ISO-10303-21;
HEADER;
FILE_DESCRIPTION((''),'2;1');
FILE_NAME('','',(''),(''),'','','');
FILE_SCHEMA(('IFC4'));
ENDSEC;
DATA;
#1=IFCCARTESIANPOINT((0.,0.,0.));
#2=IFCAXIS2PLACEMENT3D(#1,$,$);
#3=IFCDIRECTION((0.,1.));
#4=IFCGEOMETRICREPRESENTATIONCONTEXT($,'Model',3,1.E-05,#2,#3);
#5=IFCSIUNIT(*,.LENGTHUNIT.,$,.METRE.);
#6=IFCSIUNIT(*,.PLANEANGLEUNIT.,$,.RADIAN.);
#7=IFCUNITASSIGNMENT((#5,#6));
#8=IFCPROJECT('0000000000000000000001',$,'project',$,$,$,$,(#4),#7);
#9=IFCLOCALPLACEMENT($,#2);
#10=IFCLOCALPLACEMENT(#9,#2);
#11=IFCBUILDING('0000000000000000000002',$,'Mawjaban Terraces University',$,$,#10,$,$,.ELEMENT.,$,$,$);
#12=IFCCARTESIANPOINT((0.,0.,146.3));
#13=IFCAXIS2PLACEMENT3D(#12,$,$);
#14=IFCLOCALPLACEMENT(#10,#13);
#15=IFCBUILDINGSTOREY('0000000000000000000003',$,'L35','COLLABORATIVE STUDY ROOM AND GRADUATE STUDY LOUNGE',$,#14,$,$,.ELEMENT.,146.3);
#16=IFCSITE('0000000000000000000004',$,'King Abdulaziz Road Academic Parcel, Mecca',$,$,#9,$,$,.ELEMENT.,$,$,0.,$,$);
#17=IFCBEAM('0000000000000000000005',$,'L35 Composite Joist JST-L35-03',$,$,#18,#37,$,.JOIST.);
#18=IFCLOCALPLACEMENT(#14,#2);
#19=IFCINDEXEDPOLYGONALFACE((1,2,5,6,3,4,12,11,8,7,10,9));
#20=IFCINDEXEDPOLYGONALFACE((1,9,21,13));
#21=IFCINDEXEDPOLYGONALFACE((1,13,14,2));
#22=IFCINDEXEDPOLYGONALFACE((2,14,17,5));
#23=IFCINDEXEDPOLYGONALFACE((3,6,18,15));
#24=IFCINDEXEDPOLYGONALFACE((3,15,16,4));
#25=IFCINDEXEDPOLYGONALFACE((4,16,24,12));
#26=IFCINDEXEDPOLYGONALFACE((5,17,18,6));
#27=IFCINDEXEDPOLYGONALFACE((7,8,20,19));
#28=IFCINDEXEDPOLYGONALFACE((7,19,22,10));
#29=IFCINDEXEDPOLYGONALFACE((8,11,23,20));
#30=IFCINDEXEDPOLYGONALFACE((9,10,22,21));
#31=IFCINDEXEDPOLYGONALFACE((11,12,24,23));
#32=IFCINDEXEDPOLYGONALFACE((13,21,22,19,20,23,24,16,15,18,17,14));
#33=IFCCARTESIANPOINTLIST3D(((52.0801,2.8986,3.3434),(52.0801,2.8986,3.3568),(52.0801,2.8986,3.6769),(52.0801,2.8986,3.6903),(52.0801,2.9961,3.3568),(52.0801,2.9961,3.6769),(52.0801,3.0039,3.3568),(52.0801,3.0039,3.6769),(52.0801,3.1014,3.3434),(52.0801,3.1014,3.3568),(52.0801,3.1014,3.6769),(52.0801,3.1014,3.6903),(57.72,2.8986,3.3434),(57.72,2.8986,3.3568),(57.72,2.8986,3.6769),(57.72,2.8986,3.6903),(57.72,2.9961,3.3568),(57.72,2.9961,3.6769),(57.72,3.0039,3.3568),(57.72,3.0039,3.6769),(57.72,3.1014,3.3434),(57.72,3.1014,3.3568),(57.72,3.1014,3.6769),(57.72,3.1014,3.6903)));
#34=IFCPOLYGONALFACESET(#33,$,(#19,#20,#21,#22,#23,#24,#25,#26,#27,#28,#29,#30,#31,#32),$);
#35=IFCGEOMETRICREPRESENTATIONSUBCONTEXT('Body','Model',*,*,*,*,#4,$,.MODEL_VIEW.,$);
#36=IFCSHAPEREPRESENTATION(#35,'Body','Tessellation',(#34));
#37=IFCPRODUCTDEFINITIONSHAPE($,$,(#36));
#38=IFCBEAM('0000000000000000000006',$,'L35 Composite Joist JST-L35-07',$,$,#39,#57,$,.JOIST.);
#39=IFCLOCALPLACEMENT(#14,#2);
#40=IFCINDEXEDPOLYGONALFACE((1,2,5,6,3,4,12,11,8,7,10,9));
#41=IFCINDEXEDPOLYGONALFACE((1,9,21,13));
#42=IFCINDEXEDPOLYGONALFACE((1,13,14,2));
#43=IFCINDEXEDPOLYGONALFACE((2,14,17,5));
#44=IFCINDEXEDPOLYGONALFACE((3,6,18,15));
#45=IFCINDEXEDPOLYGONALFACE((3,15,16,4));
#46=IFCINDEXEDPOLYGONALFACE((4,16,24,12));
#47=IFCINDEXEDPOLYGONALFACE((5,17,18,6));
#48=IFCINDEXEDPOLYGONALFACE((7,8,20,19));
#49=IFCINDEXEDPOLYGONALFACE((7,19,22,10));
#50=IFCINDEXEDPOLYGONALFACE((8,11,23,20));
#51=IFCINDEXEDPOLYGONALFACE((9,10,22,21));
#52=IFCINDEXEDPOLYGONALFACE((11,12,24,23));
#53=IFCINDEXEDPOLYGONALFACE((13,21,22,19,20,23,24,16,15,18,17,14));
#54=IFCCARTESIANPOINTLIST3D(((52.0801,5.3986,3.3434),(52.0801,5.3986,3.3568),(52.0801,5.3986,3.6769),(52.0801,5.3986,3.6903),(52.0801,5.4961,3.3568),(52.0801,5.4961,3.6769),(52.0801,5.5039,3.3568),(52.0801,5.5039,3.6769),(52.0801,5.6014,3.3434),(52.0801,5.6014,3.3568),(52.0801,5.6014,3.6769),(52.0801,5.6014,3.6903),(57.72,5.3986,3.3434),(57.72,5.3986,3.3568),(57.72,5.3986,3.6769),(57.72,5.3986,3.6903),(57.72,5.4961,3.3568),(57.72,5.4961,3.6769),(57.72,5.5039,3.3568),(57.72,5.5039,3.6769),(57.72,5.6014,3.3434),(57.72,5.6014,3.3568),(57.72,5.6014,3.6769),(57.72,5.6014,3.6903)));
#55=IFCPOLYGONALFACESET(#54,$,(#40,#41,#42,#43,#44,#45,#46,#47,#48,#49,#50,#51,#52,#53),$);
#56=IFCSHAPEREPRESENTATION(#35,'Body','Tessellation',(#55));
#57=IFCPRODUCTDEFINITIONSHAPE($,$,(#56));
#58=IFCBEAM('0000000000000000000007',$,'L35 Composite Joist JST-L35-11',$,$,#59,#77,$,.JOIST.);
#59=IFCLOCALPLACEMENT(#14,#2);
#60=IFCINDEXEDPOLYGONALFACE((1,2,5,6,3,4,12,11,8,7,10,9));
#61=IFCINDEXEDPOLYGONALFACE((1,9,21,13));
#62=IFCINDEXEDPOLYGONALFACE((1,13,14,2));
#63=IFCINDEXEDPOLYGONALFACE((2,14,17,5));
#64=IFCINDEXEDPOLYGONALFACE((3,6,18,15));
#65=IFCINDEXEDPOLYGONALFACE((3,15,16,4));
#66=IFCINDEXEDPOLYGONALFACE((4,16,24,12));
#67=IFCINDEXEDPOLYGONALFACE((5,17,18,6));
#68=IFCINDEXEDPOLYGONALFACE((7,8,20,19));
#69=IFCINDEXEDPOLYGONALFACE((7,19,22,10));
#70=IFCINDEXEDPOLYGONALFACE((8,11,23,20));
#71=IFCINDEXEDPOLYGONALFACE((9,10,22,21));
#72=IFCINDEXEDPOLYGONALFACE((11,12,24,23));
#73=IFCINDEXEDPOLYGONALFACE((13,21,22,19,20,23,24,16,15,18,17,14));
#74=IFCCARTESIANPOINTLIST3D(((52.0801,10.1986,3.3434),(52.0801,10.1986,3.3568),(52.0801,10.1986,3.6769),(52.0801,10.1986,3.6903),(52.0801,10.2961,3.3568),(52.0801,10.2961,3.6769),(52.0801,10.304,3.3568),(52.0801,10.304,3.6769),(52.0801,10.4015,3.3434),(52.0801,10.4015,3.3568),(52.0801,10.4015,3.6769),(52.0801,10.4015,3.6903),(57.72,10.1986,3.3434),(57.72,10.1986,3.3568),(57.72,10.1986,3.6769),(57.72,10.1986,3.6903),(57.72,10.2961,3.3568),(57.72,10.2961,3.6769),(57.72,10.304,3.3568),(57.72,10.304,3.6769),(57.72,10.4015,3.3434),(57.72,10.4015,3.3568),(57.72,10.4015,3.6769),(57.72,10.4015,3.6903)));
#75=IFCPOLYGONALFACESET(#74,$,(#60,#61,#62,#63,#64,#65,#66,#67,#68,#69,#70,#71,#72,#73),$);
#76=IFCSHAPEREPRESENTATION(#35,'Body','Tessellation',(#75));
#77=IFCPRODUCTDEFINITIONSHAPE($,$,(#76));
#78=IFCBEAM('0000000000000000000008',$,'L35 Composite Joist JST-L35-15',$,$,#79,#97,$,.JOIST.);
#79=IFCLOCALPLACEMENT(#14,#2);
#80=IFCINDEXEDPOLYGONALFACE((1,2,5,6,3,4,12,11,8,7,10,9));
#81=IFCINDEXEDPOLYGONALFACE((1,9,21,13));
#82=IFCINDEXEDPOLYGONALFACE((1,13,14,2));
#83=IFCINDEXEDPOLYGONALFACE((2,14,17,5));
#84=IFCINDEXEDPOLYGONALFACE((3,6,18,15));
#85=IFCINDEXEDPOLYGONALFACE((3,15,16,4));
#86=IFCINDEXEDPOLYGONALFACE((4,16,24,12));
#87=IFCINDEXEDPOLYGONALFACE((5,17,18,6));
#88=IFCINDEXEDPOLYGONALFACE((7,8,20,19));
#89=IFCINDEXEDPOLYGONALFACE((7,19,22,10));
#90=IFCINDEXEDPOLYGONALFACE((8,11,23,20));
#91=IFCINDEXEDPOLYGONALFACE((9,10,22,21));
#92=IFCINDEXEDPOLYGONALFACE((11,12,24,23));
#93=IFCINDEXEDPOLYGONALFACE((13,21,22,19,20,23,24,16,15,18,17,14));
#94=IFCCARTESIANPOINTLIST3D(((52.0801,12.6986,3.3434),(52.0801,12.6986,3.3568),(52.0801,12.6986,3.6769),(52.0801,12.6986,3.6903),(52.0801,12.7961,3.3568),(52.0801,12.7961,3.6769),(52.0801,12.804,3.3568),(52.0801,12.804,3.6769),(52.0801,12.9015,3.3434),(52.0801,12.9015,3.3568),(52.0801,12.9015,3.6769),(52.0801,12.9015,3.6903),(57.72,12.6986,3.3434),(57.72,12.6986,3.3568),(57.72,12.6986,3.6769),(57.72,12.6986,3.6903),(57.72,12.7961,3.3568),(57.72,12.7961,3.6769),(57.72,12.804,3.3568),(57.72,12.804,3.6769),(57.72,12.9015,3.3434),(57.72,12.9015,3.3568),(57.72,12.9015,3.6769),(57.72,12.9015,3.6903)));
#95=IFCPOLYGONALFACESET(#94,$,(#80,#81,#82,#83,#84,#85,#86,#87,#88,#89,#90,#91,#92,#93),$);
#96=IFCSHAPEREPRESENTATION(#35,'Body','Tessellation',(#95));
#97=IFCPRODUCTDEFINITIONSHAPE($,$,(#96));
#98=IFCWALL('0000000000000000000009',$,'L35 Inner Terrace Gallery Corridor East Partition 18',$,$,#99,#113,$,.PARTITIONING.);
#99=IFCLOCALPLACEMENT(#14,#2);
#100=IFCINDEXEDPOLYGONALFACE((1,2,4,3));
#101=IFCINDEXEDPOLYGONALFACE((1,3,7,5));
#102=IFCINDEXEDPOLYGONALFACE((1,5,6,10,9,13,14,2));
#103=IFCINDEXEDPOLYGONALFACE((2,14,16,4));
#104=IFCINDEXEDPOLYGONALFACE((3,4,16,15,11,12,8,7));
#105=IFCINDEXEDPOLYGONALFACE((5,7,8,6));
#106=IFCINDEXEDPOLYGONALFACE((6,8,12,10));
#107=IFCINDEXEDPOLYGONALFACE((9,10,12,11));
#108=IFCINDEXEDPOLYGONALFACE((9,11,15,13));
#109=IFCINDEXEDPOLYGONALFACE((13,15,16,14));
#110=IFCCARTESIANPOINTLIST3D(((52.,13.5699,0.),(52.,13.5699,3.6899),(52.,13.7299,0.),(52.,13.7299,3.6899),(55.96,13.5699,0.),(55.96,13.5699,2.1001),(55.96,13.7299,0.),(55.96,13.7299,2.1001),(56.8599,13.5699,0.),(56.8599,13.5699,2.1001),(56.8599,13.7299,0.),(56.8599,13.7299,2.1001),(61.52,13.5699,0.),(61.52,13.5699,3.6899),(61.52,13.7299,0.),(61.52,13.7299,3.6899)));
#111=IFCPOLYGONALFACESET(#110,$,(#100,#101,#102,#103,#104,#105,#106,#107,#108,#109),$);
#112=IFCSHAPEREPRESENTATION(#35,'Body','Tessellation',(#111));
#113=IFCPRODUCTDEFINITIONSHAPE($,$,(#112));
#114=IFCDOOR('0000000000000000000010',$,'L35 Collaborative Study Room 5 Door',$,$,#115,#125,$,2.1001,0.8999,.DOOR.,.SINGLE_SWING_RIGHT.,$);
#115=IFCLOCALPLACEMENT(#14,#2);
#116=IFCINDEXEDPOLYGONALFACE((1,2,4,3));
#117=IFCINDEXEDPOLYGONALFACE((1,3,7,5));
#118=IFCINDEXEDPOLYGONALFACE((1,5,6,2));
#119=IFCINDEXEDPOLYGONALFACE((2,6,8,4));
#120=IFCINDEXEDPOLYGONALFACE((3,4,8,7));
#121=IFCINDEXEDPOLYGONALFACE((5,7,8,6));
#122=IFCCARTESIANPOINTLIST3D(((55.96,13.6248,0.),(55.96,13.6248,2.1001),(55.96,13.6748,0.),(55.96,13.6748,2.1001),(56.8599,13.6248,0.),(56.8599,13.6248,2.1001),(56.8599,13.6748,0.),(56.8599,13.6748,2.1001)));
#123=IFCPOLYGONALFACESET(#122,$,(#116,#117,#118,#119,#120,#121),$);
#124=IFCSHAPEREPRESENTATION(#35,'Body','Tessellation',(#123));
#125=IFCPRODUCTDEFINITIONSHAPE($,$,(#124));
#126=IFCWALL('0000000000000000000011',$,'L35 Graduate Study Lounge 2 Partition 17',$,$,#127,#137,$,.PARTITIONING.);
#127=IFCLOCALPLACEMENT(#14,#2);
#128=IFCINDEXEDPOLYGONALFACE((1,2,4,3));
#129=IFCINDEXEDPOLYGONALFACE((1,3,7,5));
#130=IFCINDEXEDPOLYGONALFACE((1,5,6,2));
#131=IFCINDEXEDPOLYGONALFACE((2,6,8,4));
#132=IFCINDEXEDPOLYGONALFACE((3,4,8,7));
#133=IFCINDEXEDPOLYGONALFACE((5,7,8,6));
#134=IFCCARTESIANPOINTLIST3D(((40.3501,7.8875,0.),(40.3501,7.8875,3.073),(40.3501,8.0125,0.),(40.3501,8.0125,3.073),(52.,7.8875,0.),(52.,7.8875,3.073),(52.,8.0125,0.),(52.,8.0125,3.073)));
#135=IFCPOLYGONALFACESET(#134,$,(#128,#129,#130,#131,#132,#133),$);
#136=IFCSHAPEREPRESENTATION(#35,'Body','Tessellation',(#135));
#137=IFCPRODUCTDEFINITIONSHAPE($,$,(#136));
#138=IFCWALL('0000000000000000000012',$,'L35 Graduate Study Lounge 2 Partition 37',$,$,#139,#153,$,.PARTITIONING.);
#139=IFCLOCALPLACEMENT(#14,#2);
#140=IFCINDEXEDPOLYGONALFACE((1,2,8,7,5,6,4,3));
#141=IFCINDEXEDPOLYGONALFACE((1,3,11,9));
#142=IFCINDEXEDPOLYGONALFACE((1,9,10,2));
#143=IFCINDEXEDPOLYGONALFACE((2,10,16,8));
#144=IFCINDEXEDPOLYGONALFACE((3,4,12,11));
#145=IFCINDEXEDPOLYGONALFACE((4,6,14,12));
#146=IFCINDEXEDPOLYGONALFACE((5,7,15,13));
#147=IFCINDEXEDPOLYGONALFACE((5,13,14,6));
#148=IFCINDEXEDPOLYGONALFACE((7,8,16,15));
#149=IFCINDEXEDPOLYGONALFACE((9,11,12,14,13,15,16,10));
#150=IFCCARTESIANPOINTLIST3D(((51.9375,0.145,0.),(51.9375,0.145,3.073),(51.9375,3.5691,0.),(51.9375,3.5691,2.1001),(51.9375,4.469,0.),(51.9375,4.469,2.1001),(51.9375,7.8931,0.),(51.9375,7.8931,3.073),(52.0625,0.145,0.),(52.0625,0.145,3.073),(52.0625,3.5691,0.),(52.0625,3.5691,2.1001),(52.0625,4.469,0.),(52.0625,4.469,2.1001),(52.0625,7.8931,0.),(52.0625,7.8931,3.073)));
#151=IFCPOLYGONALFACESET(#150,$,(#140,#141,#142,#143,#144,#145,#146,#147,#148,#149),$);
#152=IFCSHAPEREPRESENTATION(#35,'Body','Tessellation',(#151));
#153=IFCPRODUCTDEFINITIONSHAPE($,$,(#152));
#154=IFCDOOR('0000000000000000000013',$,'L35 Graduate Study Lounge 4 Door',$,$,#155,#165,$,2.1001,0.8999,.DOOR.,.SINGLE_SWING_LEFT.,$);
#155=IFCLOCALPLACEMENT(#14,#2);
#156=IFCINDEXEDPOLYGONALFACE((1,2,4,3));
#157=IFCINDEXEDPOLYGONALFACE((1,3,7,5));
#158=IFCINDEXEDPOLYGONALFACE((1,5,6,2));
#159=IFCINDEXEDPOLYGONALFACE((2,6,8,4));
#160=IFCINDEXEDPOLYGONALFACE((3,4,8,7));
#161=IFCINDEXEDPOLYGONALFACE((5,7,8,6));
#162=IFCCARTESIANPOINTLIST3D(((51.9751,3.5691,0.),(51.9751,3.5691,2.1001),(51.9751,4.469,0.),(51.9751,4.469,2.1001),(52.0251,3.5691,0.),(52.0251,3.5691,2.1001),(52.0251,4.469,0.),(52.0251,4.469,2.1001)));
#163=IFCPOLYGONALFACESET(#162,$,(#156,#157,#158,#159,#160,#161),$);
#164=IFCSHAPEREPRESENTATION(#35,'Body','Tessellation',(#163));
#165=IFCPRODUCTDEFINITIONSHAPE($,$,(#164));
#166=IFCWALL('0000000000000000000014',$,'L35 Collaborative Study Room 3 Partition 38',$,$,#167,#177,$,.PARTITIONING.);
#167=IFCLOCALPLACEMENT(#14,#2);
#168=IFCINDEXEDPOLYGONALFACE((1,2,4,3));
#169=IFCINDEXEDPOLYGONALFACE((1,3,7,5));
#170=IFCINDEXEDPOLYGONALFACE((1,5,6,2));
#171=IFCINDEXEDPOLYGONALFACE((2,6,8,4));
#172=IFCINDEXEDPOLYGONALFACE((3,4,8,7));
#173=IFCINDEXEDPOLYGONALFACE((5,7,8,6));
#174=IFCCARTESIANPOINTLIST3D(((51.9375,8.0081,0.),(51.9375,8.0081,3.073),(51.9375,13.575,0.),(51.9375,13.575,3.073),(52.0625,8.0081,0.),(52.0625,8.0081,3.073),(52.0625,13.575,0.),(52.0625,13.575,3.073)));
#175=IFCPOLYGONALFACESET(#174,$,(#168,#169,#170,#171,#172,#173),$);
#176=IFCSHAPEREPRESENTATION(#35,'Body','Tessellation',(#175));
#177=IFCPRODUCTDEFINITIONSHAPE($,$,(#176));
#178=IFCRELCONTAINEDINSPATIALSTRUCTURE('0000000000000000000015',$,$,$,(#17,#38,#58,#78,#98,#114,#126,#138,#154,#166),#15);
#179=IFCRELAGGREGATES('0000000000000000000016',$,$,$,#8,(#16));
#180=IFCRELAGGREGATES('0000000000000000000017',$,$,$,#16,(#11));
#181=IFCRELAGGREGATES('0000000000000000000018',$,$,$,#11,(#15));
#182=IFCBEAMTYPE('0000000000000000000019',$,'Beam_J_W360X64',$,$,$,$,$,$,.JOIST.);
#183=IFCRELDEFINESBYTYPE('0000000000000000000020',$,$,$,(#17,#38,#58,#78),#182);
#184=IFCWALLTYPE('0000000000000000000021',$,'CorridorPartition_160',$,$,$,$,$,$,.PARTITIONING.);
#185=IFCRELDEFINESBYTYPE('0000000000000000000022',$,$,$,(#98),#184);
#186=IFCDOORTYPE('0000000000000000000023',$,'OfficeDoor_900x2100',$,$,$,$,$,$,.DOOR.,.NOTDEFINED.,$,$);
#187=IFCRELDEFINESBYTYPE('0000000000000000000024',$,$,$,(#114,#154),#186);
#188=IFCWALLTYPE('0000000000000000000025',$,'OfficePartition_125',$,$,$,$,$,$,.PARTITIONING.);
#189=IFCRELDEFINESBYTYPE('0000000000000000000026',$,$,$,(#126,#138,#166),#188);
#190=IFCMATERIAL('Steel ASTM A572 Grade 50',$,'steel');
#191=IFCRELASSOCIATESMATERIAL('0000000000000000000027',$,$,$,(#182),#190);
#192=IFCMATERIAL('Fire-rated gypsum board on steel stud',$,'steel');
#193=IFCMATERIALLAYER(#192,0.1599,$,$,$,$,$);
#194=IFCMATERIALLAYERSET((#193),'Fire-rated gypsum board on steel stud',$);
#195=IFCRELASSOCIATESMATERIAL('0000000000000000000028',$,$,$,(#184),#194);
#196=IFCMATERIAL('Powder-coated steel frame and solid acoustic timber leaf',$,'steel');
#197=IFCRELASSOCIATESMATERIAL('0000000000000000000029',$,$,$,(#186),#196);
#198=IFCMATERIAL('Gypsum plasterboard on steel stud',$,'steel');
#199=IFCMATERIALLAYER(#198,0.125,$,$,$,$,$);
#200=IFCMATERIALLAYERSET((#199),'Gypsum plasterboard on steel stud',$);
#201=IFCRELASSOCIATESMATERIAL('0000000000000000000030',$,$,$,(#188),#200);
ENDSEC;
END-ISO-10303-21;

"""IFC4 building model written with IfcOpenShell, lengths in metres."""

from ifc_helpers import new_model, si_unit, direction, frame, frame_2d, origin, origin_2d, place, context, subcontext, project, spatial, rectangle, i_section, extrude, material, layer, layer_set, material_profile, profile_set, type_object, element, fill, save


model = new_model("IFC4")

# Units and contexts
model_context = context("Model", 3, precision=1e-05, world=origin(), true_north=direction((0.0, 1.0)))
body_context = subcontext(model_context, "Body", "Model", "MODEL_VIEW")
ifc_project = project(units=[si_unit("LENGTHUNIT", "METRE"), si_unit("PLANEANGLEUNIT", "RADIAN")], contexts=[model_context])

# Site, building, storey
site_placement = place(None, origin())
site = spatial("IfcSite", under=ifc_project, at=site_placement, Name="King Abdulaziz Road Academic Parcel, Mecca", CompositionType="ELEMENT", RefElevation=0.0)
building_placement = place(site_placement, origin())
building = spatial("IfcBuilding", under=site, at=building_placement, Name="Mawjaban Terraces University", CompositionType="ELEMENT")
storey_placement = place(building_placement, frame((0.0, 0.0, 146.3)))
storey = spatial("IfcBuildingStorey", under=building, at=storey_placement, Name="L35", Description="COLLABORATIVE STUDY ROOM AND GRADUATE STUDY LOUNGE", CompositionType="ELEMENT", Elevation=146.3)

# Beams
ifc_material_1 = material(Name="Steel ASTM A572 Grade 50", Category="steel")
ifc_material_profile_1 = material_profile(ifc_material_1, i_section(OverallWidth=0.2029, OverallDepth=0.3469, WebThickness=0.0078, FlangeThickness=0.0134, at=origin_2d()), Name="W360X64")
ifc_profile_set_1 = profile_set([ifc_material_profile_1], Name="Steel ASTM A572 Grade 50")
beam_type_1 = type_object("IfcBeamType", Name="Beam_J_W360X64", PredefinedType="JOIST", material=ifc_profile_set_1)
for number, where, z_axis, x_axis, name in (
    (1, (52.0801, 3.0, 3.5168), (1.0, 0.0, 0.0), (0.0, 1.0, 0.0), "L35 Composite Joist JST-L35-03"),
    (2, (52.0801, 5.5, 3.5168), (1.0, 0.0, 0.0), (0.0, 1.0, 0.0), "L35 Composite Joist JST-L35-07"),
    (3, (52.0801, 10.3, 3.5168), (1.0, 0.0, 0.0), (0.0, 1.0, 0.0), "L35 Composite Joist JST-L35-11"),
    (4, (52.0801, 12.8, 3.5168), (1.0, 0.0, 0.0), (0.0, 1.0, 0.0), "L35 Composite Joist JST-L35-15"),
):
    element("IfcBeam", number, at=place(storey_placement, frame(where, z_axis=z_axis, x_axis=x_axis)), inside=storey, type_object=beam_type_1, Name=name, PredefinedType="JOIST", context=body_context, shape_type="SweptSolid", body=[
        extrude(i_section(OverallWidth=0.2029, OverallDepth=0.3469, WebThickness=0.0078, FlangeThickness=0.0134, at=origin_2d()), origin(), (0.0, 0.0, 1.0), 5.6399),
    ])

# Wall, opening, door
ifc_material_2 = material(Name="Fire-rated gypsum board on steel stud", Category="steel")
ifc_layer_1 = layer(ifc_material_2, 0.1599)
ifc_layer_set_1 = layer_set([ifc_layer_1], Name="Fire-rated gypsum board on steel stud")
wall_type_1 = type_object("IfcWallType", Name="CorridorPartition_160", PredefinedType="PARTITIONING", material=ifc_layer_set_1)
wall_1_placement = place(storey_placement, frame((52.0, 13.6499, 0.0), z_axis=(0.0, 0.0, 1.0), x_axis=(1.0, 0.0, 0.0)))
wall_1 = element("IfcWall", 5, at=wall_1_placement, inside=storey, type_object=wall_type_1, Name="L35 Inner Terrace Gallery Corridor East Partition 18", PredefinedType="PARTITIONING", context=body_context, shape_type="SweptSolid", body=[
    extrude(rectangle(XDim=9.52, YDim=0.1599, at=frame_2d((4.76, 0.0))), origin(), (0.0, 0.0, 1.0), 3.6899),
])
opening_1_placement = place(wall_1_placement, frame((3.96, 0.0, 0.0)))
opening_1 = element("IfcOpeningElement", 6, at=opening_1_placement, cuts=wall_1, PredefinedType="OPENING", context=body_context, shape_type="SweptSolid", body=[
    extrude(rectangle(XDim=0.8999, YDim=2.1001, at=frame_2d((0.45, 1.05))), frame((0.0, 0.0898, 0.0), z_axis=(0.0, -1.0, 0.0), x_axis=(1.0, 0.0, 0.0)), (0.0, 0.0, 1.0), 0.1799),
])
ifc_material_3 = material(Name="Powder-coated steel frame and solid acoustic timber leaf", Category="steel")
door_type = type_object("IfcDoorType", Name="OfficeDoor_900x2100", OperationType="NOTDEFINED", PredefinedType="DOOR", material=ifc_material_3)
door_1_placement = place(opening_1_placement, origin())
door_1 = element("IfcDoor", 7, at=door_1_placement, inside=storey, type_object=door_type, Name="L35 Collaborative Study Room 5 Door", OperationType="SINGLE_SWING_RIGHT", OverallHeight=2.1001, OverallWidth=0.8999, PredefinedType="DOOR", context=body_context, shape_type="SweptSolid", body=[
    extrude(rectangle(XDim=0.8999, YDim=2.1001, at=frame_2d((0.45, 1.05))), frame((0.0, 0.0249, 0.0), z_axis=(0.0, -1.0, 0.0), x_axis=(1.0, 0.0, 0.0)), (0.0, 0.0, 1.0), 0.05),
])
fill(opening_1, door_1)

# Wall
ifc_material_4 = material(Name="Gypsum plasterboard on steel stud", Category="steel")
ifc_layer_2 = layer(ifc_material_4, 0.125)
ifc_layer_set_2 = layer_set([ifc_layer_2], Name="Gypsum plasterboard on steel stud")
wall_type_2 = type_object("IfcWallType", Name="OfficePartition_125", PredefinedType="PARTITIONING", material=ifc_layer_set_2)
wall_2_placement = place(storey_placement, frame((52.0, 7.95, 0.0), z_axis=(0.0, 0.0, 1.0), x_axis=(-1.0, 0.0, 0.0)))
element("IfcWall", 8, at=wall_2_placement, inside=storey, type_object=wall_type_2, Name="L35 Graduate Study Lounge 2 Partition 17", PredefinedType="PARTITIONING", context=body_context, shape_type="SweptSolid", body=[
    extrude(rectangle(XDim=11.6499, YDim=0.125, at=frame_2d((5.825, 0.0))), origin(), (0.0, 0.0, 1.0), 3.073),
])

# Wall, opening, door
wall_3_placement = place(storey_placement, frame((52.0, 0.145, 0.0), z_axis=(0.0, 0.0, 1.0), x_axis=(0.0, 1.0, 0.0)))
wall_3 = element("IfcWall", 9, at=wall_3_placement, inside=storey, type_object=wall_type_2, Name="L35 Graduate Study Lounge 2 Partition 37", PredefinedType="PARTITIONING", context=body_context, shape_type="SweptSolid", body=[
    extrude(rectangle(XDim=7.748, YDim=0.125, at=frame_2d((3.874, 0.0))), origin(), (0.0, 0.0, 1.0), 3.073),
])
opening_2_placement = place(wall_3_placement, frame((3.4241, 0.0, 0.0)))
opening_2 = element("IfcOpeningElement", 10, at=opening_2_placement, cuts=wall_3, PredefinedType="OPENING", context=body_context, shape_type="SweptSolid", body=[
    extrude(rectangle(XDim=0.8999, YDim=2.1001, at=frame_2d((0.45, 1.05))), frame((0.0, 0.0725, 0.0), z_axis=(0.0, -1.0, 0.0), x_axis=(1.0, 0.0, 0.0)), (0.0, 0.0, 1.0), 0.145),
])
door_2_placement = place(opening_2_placement, origin())
door_2 = element("IfcDoor", 11, at=door_2_placement, inside=storey, type_object=door_type, Name="L35 Graduate Study Lounge 4 Door", OperationType="SINGLE_SWING_LEFT", OverallHeight=2.1001, OverallWidth=0.8999, PredefinedType="DOOR", context=body_context, shape_type="SweptSolid", body=[
    extrude(rectangle(XDim=0.8999, YDim=2.1001, at=frame_2d((0.45, 1.05))), frame((0.0, 0.0249, 0.0), z_axis=(0.0, -1.0, 0.0), x_axis=(1.0, 0.0, 0.0)), (0.0, 0.0, 1.0), 0.05),
])
fill(opening_2, door_2)

# Wall
wall_4_placement = place(storey_placement, frame((52.0, 8.0081, 0.0), z_axis=(0.0, 0.0, 1.0), x_axis=(0.0, 1.0, 0.0)))
element("IfcWall", 12, at=wall_4_placement, inside=storey, type_object=wall_type_2, Name="L35 Collaborative Study Room 3 Partition 38", PredefinedType="PARTITIONING", context=body_context, shape_type="SweptSolid", body=[
    extrude(rectangle(XDim=5.5669, YDim=0.125, at=frame_2d((2.7834, 0.0))), origin(), (0.0, 0.0, 1.0), 3.073),
])

save(model, "model.ifc")
